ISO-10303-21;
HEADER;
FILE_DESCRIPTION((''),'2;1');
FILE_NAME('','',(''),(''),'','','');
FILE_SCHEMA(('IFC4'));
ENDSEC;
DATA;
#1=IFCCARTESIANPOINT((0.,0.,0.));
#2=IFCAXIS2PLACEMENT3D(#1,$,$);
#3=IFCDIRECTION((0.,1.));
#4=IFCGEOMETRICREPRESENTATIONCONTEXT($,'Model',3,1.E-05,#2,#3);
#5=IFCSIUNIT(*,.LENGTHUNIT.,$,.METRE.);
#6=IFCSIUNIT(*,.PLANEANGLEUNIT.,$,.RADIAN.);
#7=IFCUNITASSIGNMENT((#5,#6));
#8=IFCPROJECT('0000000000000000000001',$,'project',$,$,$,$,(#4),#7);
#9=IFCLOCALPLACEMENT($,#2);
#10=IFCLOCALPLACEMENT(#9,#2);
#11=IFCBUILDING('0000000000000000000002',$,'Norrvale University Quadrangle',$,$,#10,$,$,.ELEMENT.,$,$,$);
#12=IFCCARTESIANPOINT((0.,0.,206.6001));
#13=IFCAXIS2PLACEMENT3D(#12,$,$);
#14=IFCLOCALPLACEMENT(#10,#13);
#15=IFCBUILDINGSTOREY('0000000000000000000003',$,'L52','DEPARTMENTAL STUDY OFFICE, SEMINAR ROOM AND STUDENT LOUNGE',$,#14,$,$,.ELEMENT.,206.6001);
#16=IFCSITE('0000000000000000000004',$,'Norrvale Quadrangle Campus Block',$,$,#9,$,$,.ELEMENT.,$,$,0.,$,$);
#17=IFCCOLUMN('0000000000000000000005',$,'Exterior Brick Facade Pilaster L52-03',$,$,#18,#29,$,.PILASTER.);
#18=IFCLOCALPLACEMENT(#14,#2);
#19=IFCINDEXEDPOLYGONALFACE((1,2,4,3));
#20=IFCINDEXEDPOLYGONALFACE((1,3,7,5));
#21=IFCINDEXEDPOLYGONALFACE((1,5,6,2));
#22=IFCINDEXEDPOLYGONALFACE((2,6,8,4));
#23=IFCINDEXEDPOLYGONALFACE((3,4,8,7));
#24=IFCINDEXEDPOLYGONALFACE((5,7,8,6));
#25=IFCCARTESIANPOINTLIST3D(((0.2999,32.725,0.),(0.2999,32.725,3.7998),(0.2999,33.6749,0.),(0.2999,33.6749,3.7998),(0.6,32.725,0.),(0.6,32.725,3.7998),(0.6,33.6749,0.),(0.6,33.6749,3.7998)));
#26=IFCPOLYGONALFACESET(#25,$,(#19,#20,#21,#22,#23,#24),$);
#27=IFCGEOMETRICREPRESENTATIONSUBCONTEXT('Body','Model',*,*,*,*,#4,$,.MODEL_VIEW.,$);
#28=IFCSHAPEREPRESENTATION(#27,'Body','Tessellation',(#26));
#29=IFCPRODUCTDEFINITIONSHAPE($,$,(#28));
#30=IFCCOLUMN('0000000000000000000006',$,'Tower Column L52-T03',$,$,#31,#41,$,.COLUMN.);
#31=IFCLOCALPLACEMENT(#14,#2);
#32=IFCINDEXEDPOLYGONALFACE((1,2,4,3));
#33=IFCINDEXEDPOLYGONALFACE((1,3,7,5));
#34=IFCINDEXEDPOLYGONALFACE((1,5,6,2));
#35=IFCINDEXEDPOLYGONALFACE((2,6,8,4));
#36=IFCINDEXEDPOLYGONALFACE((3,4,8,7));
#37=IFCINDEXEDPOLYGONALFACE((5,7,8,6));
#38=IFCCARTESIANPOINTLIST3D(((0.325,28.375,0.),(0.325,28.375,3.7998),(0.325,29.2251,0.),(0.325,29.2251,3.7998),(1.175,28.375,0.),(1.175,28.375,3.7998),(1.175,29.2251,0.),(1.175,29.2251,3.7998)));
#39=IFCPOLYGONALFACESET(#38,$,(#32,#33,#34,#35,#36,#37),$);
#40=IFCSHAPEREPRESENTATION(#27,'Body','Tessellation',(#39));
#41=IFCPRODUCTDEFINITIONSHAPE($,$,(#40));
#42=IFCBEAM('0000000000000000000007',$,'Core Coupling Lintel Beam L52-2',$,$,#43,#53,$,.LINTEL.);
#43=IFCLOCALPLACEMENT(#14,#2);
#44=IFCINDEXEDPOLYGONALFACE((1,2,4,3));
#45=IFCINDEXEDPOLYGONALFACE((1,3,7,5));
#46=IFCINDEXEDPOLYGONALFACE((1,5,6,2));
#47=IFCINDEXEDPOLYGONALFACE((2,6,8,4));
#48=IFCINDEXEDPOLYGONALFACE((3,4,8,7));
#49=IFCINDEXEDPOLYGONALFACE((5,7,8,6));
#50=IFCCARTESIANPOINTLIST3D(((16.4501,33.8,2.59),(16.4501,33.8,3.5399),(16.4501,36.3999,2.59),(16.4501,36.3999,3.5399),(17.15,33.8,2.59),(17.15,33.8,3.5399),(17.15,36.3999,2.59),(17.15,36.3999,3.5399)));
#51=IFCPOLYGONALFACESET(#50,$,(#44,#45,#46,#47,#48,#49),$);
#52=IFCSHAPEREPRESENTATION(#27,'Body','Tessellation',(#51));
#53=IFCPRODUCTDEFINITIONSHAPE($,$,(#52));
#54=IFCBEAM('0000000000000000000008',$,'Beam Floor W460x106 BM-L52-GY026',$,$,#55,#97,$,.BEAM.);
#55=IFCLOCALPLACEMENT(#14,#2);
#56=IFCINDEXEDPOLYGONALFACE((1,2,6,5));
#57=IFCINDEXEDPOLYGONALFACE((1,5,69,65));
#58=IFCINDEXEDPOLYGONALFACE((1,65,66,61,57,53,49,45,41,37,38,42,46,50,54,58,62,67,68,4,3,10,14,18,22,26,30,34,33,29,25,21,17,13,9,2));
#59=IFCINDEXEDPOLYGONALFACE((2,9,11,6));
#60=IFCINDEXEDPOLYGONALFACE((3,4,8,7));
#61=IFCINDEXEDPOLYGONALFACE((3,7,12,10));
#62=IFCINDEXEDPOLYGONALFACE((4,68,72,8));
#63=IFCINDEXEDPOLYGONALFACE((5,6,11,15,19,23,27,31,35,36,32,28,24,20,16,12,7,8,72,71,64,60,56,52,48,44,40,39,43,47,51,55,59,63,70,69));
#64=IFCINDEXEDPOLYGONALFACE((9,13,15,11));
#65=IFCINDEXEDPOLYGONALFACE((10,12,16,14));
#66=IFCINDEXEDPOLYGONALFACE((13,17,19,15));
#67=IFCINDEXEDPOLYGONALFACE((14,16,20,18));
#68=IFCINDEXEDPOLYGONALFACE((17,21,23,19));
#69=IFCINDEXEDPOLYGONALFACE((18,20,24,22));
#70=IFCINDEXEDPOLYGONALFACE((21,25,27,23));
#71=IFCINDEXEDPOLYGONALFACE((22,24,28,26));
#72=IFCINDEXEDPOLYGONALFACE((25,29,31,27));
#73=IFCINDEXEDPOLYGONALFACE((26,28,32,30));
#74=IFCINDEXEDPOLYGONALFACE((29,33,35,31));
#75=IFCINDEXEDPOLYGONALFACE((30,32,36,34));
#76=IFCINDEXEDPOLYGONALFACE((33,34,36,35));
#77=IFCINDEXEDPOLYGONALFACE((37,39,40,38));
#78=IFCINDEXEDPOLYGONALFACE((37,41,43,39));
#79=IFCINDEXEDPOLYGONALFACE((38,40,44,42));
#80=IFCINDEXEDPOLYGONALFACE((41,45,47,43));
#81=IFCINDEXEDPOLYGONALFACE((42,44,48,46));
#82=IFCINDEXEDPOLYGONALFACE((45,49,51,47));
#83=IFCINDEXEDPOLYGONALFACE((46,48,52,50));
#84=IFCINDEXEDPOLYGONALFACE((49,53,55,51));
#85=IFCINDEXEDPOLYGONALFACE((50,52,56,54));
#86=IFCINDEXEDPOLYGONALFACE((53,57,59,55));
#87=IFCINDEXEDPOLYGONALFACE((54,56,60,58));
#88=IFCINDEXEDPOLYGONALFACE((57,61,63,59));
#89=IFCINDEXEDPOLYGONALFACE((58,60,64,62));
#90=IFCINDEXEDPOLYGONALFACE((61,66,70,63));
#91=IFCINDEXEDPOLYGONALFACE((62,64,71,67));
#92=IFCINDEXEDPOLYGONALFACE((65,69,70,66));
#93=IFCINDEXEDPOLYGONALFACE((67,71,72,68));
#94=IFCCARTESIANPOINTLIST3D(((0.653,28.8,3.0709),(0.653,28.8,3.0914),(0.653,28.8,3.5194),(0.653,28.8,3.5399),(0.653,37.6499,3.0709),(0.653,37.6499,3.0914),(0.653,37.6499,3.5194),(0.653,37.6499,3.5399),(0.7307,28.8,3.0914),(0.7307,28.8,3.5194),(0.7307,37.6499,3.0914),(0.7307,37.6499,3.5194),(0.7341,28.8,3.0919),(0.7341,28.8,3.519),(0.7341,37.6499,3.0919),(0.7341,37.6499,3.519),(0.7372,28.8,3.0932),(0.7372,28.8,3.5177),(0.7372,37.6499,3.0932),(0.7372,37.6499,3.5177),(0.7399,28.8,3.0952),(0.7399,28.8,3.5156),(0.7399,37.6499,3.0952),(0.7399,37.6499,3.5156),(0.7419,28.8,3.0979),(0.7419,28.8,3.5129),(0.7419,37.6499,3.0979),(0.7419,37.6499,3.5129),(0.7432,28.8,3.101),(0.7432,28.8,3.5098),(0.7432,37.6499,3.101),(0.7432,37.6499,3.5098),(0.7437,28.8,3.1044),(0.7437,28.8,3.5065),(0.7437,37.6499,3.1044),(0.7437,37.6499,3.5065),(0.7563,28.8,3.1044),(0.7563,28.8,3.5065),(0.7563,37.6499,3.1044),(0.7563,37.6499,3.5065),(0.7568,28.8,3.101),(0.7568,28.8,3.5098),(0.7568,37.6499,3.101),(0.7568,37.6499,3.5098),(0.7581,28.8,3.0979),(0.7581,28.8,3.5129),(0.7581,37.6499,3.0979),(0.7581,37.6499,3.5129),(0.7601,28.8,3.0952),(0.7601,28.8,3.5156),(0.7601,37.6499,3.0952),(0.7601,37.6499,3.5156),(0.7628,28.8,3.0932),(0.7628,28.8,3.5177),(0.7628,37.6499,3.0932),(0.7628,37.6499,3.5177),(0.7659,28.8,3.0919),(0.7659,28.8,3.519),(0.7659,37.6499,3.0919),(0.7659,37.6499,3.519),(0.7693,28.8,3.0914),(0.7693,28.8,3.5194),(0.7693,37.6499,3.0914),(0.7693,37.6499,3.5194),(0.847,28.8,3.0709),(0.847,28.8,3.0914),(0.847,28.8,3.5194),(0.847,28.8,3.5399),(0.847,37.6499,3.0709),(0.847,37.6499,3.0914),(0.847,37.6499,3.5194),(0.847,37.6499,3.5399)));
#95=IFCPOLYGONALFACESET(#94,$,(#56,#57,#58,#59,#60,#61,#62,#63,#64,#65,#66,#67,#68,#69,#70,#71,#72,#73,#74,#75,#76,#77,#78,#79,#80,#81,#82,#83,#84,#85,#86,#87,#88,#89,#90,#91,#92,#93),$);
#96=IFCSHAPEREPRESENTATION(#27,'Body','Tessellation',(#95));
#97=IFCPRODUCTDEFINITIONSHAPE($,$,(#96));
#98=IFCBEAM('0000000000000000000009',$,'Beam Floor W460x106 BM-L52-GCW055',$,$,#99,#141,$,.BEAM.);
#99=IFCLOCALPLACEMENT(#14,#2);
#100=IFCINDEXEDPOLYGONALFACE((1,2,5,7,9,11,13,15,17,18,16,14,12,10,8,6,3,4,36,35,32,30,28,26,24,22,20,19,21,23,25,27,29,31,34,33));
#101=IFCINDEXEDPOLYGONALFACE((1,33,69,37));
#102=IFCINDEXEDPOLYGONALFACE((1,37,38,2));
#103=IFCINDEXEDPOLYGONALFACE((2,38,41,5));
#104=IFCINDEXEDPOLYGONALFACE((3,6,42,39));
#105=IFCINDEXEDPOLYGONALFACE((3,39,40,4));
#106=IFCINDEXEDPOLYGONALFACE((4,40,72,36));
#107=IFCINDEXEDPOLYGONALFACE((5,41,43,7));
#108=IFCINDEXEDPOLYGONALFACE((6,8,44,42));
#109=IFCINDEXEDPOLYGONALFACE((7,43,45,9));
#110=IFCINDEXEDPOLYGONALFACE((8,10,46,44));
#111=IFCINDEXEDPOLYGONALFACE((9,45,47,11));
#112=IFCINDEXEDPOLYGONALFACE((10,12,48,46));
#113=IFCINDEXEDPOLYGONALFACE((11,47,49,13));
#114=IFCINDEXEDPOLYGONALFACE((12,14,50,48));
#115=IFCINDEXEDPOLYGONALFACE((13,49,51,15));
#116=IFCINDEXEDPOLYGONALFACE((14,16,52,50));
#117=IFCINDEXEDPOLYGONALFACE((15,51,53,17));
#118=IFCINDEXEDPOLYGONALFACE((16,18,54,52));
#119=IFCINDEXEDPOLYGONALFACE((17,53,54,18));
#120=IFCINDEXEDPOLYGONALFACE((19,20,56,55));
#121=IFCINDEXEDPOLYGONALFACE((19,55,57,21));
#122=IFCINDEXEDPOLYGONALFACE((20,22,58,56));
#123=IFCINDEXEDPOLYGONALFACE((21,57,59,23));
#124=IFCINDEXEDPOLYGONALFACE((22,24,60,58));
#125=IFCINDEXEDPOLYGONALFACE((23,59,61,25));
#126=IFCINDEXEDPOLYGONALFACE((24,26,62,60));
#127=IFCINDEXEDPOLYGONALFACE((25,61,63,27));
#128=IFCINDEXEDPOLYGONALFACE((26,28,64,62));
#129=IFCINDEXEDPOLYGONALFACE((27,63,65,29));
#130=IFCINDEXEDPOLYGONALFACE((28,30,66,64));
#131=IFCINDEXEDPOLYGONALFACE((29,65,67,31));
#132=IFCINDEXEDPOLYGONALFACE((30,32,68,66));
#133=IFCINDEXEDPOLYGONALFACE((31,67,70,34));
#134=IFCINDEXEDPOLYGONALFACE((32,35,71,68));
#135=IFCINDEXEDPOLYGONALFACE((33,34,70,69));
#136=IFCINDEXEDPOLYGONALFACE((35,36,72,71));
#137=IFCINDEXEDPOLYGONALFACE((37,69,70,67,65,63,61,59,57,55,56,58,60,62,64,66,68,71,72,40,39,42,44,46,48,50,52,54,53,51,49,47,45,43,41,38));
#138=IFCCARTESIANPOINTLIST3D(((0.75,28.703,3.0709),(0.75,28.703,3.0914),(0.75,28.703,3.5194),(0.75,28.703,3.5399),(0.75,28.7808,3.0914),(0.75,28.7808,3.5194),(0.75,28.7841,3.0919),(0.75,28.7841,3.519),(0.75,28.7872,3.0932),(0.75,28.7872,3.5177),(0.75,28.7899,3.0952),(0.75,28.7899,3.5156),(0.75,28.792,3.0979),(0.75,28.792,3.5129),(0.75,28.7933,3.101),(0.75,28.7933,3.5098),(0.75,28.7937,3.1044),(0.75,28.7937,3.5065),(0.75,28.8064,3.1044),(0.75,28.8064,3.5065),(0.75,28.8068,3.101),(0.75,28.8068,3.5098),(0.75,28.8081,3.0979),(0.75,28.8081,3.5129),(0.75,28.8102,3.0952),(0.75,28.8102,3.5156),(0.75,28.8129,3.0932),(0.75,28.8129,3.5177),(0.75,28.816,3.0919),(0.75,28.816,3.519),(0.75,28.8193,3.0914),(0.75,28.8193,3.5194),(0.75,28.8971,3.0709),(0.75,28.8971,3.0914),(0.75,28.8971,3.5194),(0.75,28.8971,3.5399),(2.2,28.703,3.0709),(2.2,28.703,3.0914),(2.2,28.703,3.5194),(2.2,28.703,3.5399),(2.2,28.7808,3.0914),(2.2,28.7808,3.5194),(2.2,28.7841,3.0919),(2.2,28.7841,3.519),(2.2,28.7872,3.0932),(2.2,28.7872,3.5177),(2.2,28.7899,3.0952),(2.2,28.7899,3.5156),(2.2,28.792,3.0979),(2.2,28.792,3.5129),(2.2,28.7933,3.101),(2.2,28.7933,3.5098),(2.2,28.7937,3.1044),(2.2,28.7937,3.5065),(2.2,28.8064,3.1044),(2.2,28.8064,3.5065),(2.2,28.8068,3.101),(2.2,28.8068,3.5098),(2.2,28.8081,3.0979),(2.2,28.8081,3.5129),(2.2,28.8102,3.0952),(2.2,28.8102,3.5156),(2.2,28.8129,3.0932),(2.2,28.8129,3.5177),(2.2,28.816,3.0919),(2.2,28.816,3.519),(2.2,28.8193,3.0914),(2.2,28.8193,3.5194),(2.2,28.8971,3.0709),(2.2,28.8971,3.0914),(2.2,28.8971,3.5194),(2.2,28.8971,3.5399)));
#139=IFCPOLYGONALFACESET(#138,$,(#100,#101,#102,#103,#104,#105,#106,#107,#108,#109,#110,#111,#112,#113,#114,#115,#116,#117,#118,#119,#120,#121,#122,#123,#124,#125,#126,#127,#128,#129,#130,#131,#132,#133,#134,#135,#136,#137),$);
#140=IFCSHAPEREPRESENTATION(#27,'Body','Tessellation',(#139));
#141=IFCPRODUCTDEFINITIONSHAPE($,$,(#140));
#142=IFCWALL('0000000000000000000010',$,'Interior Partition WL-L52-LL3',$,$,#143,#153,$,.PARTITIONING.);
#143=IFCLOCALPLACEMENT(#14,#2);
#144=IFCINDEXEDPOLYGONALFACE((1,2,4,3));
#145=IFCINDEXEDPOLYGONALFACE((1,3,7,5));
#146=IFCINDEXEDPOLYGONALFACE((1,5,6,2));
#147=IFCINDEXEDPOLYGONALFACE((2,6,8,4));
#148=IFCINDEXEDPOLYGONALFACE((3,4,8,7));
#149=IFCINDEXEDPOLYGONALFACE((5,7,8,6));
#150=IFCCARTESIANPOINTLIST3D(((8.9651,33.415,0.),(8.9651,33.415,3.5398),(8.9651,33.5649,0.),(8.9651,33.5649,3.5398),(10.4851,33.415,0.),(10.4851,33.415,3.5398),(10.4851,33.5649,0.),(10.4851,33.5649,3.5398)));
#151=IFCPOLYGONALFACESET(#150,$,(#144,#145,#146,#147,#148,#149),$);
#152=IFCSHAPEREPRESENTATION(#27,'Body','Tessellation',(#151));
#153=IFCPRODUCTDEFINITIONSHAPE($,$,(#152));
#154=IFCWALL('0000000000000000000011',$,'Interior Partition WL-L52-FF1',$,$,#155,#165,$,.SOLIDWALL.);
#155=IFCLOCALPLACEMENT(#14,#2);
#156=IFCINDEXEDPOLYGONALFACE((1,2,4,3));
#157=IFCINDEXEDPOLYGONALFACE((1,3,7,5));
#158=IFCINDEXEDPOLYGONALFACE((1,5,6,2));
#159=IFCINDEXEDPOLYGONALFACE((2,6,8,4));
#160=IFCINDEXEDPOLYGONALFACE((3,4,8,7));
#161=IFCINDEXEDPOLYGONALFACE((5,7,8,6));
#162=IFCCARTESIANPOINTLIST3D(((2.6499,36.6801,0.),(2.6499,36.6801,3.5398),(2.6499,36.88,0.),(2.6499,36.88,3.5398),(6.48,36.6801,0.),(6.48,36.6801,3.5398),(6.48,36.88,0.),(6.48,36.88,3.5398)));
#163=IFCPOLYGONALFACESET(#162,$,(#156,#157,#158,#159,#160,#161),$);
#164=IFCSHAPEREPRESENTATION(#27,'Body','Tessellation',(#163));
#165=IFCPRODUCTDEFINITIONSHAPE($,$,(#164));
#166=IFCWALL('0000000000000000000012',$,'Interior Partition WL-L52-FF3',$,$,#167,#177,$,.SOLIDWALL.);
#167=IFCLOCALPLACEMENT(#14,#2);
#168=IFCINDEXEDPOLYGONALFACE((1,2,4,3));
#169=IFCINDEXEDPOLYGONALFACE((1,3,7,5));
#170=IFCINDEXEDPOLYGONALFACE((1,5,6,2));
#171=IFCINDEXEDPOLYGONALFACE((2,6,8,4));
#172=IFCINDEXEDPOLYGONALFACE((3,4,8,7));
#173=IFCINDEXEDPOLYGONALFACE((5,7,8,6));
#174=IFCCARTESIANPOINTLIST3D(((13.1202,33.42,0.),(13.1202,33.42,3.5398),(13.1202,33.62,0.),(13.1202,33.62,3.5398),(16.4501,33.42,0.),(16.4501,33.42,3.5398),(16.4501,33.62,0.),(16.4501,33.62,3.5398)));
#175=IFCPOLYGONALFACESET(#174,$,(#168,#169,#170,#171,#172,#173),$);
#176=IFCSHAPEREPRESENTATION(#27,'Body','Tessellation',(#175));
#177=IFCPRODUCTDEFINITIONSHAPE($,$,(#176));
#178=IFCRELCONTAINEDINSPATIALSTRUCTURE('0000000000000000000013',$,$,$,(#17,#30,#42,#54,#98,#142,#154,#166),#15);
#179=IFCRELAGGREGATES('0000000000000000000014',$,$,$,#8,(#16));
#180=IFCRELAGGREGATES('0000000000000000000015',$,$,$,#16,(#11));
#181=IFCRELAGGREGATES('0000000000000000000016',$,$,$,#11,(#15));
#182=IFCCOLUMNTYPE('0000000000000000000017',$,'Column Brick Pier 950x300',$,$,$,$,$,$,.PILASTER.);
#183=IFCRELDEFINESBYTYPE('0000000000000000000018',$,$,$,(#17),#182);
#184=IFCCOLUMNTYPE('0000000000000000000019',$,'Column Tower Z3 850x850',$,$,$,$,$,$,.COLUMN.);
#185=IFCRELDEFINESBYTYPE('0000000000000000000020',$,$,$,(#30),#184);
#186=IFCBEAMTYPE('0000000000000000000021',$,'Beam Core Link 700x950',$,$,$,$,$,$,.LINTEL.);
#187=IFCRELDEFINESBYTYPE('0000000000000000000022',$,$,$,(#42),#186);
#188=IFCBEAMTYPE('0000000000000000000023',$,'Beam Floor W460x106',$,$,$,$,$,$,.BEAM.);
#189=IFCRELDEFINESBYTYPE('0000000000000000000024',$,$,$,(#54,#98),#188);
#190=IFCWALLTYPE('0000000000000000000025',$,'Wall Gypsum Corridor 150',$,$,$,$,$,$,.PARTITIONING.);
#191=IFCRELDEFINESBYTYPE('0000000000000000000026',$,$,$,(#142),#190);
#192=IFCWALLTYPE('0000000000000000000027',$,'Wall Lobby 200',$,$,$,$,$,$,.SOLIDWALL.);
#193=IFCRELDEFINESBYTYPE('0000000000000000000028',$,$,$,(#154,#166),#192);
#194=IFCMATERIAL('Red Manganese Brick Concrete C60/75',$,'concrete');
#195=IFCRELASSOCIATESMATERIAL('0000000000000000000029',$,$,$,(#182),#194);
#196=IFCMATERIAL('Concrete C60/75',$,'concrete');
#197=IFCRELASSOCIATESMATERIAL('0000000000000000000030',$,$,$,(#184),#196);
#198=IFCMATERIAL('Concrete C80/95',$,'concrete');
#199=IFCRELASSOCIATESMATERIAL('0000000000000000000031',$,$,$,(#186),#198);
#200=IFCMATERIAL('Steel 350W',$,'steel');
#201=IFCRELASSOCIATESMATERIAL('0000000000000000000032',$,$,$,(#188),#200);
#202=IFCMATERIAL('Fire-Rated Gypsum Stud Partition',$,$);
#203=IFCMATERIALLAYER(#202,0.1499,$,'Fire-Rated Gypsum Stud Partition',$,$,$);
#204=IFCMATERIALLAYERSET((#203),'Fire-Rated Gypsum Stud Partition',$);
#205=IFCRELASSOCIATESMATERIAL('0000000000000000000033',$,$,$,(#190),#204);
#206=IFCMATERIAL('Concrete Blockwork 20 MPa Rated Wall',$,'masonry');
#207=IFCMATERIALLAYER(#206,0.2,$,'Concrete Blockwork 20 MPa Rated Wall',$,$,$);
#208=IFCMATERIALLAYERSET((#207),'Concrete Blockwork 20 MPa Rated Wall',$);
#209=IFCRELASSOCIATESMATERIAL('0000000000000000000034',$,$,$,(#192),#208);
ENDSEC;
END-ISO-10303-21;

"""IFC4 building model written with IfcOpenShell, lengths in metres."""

from ifc_helpers import new_model, si_unit, direction, frame, frame_2d, origin, origin_2d, place, context, subcontext, project, spatial, rectangle, i_section, extrude, material, layer, layer_set, material_profile, profile_set, type_object, element, save


model = new_model("IFC4")

# Units and contexts
model_context = context("Model", 3, precision=1e-05, world=origin(), true_north=direction((0.0, 1.0)))
body_context = subcontext(model_context, "Body", "Model", "MODEL_VIEW")
ifc_project = project(units=[si_unit("LENGTHUNIT", "METRE"), si_unit("PLANEANGLEUNIT", "RADIAN")], contexts=[model_context])

# Site, building, storey
site_placement = place(None, origin())
site = spatial("IfcSite", under=ifc_project, at=site_placement, Name="Norrvale Quadrangle Campus Block", CompositionType="ELEMENT", RefElevation=0.0)
building_placement = place(site_placement, origin())
building = spatial("IfcBuilding", under=site, at=building_placement, Name="Norrvale University Quadrangle", CompositionType="ELEMENT")
storey_placement = place(building_placement, frame((0.0, 0.0, 206.6001)))
storey = spatial("IfcBuildingStorey", under=building, at=storey_placement, Name="L52", Description="DEPARTMENTAL STUDY OFFICE, SEMINAR ROOM AND STUDENT LOUNGE", CompositionType="ELEMENT", Elevation=206.6001)

# Columns
ifc_material_1 = material(Name="Red Manganese Brick Concrete C60/75", Category="concrete")
ifc_material_profile_1 = material_profile(ifc_material_1, rectangle(XDim=0.95, YDim=0.3, at=origin_2d()), Name="Red Manganese Brick Concrete C60/75")
ifc_profile_set_1 = profile_set([ifc_material_profile_1], Name="Red Manganese Brick Concrete C60/75")
column_type_1 = type_object("IfcColumnType", Name="Column Brick Pier 950x300", PredefinedType="PILASTER", material=ifc_profile_set_1)
column_1_placement = place(storey_placement, frame((0.45, 33.2, 0.0), z_axis=(0.0, 0.0, 1.0), x_axis=(0.0, 1.0, 0.0)))
element("IfcColumn", 1, at=column_1_placement, inside=storey, type_object=column_type_1, Name="Exterior Brick Facade Pilaster L52-03", PredefinedType="PILASTER", context=body_context, shape_type="SweptSolid", body=[
    extrude(rectangle(XDim=0.95, YDim=0.3, at=origin_2d()), origin(), (0.0, 0.0, 1.0), 3.7998),
])
ifc_material_2 = material(Name="Concrete C60/75", Category="concrete")
ifc_material_profile_2 = material_profile(ifc_material_2, rectangle(XDim=0.8501, YDim=0.8501, at=origin_2d()), Name="Concrete C60/75")
ifc_profile_set_2 = profile_set([ifc_material_profile_2], Name="Concrete C60/75")
column_type_2 = type_object("IfcColumnType", Name="Column Tower Z3 850x850", PredefinedType="COLUMN", material=ifc_profile_set_2)
column_2_placement = place(storey_placement, frame((0.75, 28.8, 0.0), z_axis=(0.0, 0.0, 1.0), x_axis=(1.0, 0.0, 0.0)))
element("IfcColumn", 2, at=column_2_placement, inside=storey, type_object=column_type_2, Name="Tower Column L52-T03", PredefinedType="COLUMN", context=body_context, shape_type="SweptSolid", body=[
    extrude(rectangle(XDim=0.8501, YDim=0.8501, at=origin_2d()), origin(), (0.0, 0.0, 1.0), 3.7998),
])

# Beams
ifc_material_3 = material(Name="Concrete C80/95", Category="concrete")
ifc_material_profile_3 = material_profile(ifc_material_3, rectangle(XDim=0.7, YDim=0.95, at=origin_2d()), Name="Concrete C80/95")
ifc_profile_set_3 = profile_set([ifc_material_profile_3], Name="Concrete C80/95")
beam_type_1 = type_object("IfcBeamType", Name="Beam Core Link 700x950", PredefinedType="LINTEL", material=ifc_profile_set_3)
beam_1_placement = place(storey_placement, frame((16.8, 33.8, 3.0649), z_axis=(0.0, 1.0, 0.0), x_axis=(-1.0, 0.0, 0.0)))
element("IfcBeam", 3, at=beam_1_placement, inside=storey, type_object=beam_type_1, Name="Core Coupling Lintel Beam L52-2", PredefinedType="LINTEL", context=body_context, shape_type="SweptSolid", body=[
    extrude(rectangle(XDim=0.7, YDim=0.95, at=origin_2d()), origin(), (0.0, 0.0, 1.0), 2.5999),
])
ifc_material_4 = material(Name="Steel 350W", Category="steel")
ifc_material_profile_4 = material_profile(ifc_material_4, i_section(OverallWidth=0.1941, OverallDepth=0.469, WebThickness=0.0127, FlangeThickness=0.0205, FilletRadius=0.0129, at=origin_2d()), Name="Steel 350W")
ifc_profile_set_4 = profile_set([ifc_material_profile_4], Name="Steel 350W")
beam_type_2 = type_object("IfcBeamType", Name="Beam Floor W460x106", PredefinedType="BEAM", material=ifc_profile_set_4)
beam_2_placement = place(storey_placement, frame((0.75, 28.8, 3.3054), z_axis=(0.0, 1.0, 0.0), x_axis=(-1.0, 0.0, 0.0)))
element("IfcBeam", 4, at=beam_2_placement, inside=storey, type_object=beam_type_2, Name="Beam Floor W460x106 BM-L52-GY026", PredefinedType="BEAM", context=body_context, shape_type="SweptSolid", body=[
    extrude(i_section(OverallWidth=0.1941, OverallDepth=0.469, WebThickness=0.0127, FlangeThickness=0.0205, FilletRadius=0.0129, at=origin_2d()), origin(), (0.0, 0.0, 1.0), 8.8499),
])
beam_3_placement = place(storey_placement, frame((0.75, 28.8, 3.3054), z_axis=(1.0, 0.0, 0.0), x_axis=(0.0, 1.0, 0.0)))
element("IfcBeam", 5, at=beam_3_placement, inside=storey, type_object=beam_type_2, Name="Beam Floor W460x106 BM-L52-GCW055", PredefinedType="BEAM", context=body_context, shape_type="SweptSolid", body=[
    extrude(i_section(OverallWidth=0.1941, OverallDepth=0.469, WebThickness=0.0127, FlangeThickness=0.0205, FilletRadius=0.0129, at=origin_2d()), origin(), (0.0, 0.0, 1.0), 1.45),
])

# Walls
ifc_material_5 = material(Name="Fire-Rated Gypsum Stud Partition")
ifc_layer_1 = layer(ifc_material_5, 0.1499, Name="Fire-Rated Gypsum Stud Partition")
ifc_layer_set_1 = layer_set([ifc_layer_1], Name="Fire-Rated Gypsum Stud Partition")
wall_type_1 = type_object("IfcWallType", Name="Wall Gypsum Corridor 150", PredefinedType="PARTITIONING", material=ifc_layer_set_1)
wall_1_placement = place(storey_placement, frame((8.9651, 33.49, 0.0), z_axis=(0.0, 0.0, 1.0), x_axis=(1.0, 0.0, 0.0)))
element("IfcWall", 6, at=wall_1_placement, inside=storey, type_object=wall_type_1, Name="Interior Partition WL-L52-LL3", PredefinedType="PARTITIONING", context=body_context, shape_type="SweptSolid", body=[
    extrude(rectangle(XDim=1.52, YDim=0.1499, at=frame_2d((0.76, 0.0))), origin(), (0.0, 0.0, 1.0), 3.5398),
])
ifc_material_6 = material(Name="Concrete Blockwork 20 MPa Rated Wall", Category="masonry")
ifc_layer_2 = layer(ifc_material_6, 0.2, Name="Concrete Blockwork 20 MPa Rated Wall")
ifc_layer_set_2 = layer_set([ifc_layer_2], Name="Concrete Blockwork 20 MPa Rated Wall")
wall_type_2 = type_object("IfcWallType", Name="Wall Lobby 200", PredefinedType="SOLIDWALL", material=ifc_layer_set_2)
wall_2_placement = place(storey_placement, frame((2.6499, 36.78, 0.0), z_axis=(0.0, 0.0, 1.0), x_axis=(1.0, 0.0, 0.0)))
element("IfcWall", 7, at=wall_2_placement, inside=storey, type_object=wall_type_2, Name="Interior Partition WL-L52-FF1", PredefinedType="SOLIDWALL", context=body_context, shape_type="SweptSolid", body=[
    extrude(rectangle(XDim=3.8301, YDim=0.2, at=frame_2d((1.915, 0.0))), origin(), (0.0, 0.0, 1.0), 3.5398),
])
wall_3_placement = place(storey_placement, frame((13.1201, 33.52, 0.0), z_axis=(0.0, 0.0, 1.0), x_axis=(1.0, 0.0, 0.0)))
element("IfcWall", 8, at=wall_3_placement, inside=storey, type_object=wall_type_2, Name="Interior Partition WL-L52-FF3", PredefinedType="SOLIDWALL", context=body_context, shape_type="SweptSolid", body=[
    extrude(rectangle(XDim=3.3298, YDim=0.2, at=frame_2d((1.665, 0.0))), origin(), (0.0, 0.0, 1.0), 3.5398),
])

save(model, "model.ifc")
